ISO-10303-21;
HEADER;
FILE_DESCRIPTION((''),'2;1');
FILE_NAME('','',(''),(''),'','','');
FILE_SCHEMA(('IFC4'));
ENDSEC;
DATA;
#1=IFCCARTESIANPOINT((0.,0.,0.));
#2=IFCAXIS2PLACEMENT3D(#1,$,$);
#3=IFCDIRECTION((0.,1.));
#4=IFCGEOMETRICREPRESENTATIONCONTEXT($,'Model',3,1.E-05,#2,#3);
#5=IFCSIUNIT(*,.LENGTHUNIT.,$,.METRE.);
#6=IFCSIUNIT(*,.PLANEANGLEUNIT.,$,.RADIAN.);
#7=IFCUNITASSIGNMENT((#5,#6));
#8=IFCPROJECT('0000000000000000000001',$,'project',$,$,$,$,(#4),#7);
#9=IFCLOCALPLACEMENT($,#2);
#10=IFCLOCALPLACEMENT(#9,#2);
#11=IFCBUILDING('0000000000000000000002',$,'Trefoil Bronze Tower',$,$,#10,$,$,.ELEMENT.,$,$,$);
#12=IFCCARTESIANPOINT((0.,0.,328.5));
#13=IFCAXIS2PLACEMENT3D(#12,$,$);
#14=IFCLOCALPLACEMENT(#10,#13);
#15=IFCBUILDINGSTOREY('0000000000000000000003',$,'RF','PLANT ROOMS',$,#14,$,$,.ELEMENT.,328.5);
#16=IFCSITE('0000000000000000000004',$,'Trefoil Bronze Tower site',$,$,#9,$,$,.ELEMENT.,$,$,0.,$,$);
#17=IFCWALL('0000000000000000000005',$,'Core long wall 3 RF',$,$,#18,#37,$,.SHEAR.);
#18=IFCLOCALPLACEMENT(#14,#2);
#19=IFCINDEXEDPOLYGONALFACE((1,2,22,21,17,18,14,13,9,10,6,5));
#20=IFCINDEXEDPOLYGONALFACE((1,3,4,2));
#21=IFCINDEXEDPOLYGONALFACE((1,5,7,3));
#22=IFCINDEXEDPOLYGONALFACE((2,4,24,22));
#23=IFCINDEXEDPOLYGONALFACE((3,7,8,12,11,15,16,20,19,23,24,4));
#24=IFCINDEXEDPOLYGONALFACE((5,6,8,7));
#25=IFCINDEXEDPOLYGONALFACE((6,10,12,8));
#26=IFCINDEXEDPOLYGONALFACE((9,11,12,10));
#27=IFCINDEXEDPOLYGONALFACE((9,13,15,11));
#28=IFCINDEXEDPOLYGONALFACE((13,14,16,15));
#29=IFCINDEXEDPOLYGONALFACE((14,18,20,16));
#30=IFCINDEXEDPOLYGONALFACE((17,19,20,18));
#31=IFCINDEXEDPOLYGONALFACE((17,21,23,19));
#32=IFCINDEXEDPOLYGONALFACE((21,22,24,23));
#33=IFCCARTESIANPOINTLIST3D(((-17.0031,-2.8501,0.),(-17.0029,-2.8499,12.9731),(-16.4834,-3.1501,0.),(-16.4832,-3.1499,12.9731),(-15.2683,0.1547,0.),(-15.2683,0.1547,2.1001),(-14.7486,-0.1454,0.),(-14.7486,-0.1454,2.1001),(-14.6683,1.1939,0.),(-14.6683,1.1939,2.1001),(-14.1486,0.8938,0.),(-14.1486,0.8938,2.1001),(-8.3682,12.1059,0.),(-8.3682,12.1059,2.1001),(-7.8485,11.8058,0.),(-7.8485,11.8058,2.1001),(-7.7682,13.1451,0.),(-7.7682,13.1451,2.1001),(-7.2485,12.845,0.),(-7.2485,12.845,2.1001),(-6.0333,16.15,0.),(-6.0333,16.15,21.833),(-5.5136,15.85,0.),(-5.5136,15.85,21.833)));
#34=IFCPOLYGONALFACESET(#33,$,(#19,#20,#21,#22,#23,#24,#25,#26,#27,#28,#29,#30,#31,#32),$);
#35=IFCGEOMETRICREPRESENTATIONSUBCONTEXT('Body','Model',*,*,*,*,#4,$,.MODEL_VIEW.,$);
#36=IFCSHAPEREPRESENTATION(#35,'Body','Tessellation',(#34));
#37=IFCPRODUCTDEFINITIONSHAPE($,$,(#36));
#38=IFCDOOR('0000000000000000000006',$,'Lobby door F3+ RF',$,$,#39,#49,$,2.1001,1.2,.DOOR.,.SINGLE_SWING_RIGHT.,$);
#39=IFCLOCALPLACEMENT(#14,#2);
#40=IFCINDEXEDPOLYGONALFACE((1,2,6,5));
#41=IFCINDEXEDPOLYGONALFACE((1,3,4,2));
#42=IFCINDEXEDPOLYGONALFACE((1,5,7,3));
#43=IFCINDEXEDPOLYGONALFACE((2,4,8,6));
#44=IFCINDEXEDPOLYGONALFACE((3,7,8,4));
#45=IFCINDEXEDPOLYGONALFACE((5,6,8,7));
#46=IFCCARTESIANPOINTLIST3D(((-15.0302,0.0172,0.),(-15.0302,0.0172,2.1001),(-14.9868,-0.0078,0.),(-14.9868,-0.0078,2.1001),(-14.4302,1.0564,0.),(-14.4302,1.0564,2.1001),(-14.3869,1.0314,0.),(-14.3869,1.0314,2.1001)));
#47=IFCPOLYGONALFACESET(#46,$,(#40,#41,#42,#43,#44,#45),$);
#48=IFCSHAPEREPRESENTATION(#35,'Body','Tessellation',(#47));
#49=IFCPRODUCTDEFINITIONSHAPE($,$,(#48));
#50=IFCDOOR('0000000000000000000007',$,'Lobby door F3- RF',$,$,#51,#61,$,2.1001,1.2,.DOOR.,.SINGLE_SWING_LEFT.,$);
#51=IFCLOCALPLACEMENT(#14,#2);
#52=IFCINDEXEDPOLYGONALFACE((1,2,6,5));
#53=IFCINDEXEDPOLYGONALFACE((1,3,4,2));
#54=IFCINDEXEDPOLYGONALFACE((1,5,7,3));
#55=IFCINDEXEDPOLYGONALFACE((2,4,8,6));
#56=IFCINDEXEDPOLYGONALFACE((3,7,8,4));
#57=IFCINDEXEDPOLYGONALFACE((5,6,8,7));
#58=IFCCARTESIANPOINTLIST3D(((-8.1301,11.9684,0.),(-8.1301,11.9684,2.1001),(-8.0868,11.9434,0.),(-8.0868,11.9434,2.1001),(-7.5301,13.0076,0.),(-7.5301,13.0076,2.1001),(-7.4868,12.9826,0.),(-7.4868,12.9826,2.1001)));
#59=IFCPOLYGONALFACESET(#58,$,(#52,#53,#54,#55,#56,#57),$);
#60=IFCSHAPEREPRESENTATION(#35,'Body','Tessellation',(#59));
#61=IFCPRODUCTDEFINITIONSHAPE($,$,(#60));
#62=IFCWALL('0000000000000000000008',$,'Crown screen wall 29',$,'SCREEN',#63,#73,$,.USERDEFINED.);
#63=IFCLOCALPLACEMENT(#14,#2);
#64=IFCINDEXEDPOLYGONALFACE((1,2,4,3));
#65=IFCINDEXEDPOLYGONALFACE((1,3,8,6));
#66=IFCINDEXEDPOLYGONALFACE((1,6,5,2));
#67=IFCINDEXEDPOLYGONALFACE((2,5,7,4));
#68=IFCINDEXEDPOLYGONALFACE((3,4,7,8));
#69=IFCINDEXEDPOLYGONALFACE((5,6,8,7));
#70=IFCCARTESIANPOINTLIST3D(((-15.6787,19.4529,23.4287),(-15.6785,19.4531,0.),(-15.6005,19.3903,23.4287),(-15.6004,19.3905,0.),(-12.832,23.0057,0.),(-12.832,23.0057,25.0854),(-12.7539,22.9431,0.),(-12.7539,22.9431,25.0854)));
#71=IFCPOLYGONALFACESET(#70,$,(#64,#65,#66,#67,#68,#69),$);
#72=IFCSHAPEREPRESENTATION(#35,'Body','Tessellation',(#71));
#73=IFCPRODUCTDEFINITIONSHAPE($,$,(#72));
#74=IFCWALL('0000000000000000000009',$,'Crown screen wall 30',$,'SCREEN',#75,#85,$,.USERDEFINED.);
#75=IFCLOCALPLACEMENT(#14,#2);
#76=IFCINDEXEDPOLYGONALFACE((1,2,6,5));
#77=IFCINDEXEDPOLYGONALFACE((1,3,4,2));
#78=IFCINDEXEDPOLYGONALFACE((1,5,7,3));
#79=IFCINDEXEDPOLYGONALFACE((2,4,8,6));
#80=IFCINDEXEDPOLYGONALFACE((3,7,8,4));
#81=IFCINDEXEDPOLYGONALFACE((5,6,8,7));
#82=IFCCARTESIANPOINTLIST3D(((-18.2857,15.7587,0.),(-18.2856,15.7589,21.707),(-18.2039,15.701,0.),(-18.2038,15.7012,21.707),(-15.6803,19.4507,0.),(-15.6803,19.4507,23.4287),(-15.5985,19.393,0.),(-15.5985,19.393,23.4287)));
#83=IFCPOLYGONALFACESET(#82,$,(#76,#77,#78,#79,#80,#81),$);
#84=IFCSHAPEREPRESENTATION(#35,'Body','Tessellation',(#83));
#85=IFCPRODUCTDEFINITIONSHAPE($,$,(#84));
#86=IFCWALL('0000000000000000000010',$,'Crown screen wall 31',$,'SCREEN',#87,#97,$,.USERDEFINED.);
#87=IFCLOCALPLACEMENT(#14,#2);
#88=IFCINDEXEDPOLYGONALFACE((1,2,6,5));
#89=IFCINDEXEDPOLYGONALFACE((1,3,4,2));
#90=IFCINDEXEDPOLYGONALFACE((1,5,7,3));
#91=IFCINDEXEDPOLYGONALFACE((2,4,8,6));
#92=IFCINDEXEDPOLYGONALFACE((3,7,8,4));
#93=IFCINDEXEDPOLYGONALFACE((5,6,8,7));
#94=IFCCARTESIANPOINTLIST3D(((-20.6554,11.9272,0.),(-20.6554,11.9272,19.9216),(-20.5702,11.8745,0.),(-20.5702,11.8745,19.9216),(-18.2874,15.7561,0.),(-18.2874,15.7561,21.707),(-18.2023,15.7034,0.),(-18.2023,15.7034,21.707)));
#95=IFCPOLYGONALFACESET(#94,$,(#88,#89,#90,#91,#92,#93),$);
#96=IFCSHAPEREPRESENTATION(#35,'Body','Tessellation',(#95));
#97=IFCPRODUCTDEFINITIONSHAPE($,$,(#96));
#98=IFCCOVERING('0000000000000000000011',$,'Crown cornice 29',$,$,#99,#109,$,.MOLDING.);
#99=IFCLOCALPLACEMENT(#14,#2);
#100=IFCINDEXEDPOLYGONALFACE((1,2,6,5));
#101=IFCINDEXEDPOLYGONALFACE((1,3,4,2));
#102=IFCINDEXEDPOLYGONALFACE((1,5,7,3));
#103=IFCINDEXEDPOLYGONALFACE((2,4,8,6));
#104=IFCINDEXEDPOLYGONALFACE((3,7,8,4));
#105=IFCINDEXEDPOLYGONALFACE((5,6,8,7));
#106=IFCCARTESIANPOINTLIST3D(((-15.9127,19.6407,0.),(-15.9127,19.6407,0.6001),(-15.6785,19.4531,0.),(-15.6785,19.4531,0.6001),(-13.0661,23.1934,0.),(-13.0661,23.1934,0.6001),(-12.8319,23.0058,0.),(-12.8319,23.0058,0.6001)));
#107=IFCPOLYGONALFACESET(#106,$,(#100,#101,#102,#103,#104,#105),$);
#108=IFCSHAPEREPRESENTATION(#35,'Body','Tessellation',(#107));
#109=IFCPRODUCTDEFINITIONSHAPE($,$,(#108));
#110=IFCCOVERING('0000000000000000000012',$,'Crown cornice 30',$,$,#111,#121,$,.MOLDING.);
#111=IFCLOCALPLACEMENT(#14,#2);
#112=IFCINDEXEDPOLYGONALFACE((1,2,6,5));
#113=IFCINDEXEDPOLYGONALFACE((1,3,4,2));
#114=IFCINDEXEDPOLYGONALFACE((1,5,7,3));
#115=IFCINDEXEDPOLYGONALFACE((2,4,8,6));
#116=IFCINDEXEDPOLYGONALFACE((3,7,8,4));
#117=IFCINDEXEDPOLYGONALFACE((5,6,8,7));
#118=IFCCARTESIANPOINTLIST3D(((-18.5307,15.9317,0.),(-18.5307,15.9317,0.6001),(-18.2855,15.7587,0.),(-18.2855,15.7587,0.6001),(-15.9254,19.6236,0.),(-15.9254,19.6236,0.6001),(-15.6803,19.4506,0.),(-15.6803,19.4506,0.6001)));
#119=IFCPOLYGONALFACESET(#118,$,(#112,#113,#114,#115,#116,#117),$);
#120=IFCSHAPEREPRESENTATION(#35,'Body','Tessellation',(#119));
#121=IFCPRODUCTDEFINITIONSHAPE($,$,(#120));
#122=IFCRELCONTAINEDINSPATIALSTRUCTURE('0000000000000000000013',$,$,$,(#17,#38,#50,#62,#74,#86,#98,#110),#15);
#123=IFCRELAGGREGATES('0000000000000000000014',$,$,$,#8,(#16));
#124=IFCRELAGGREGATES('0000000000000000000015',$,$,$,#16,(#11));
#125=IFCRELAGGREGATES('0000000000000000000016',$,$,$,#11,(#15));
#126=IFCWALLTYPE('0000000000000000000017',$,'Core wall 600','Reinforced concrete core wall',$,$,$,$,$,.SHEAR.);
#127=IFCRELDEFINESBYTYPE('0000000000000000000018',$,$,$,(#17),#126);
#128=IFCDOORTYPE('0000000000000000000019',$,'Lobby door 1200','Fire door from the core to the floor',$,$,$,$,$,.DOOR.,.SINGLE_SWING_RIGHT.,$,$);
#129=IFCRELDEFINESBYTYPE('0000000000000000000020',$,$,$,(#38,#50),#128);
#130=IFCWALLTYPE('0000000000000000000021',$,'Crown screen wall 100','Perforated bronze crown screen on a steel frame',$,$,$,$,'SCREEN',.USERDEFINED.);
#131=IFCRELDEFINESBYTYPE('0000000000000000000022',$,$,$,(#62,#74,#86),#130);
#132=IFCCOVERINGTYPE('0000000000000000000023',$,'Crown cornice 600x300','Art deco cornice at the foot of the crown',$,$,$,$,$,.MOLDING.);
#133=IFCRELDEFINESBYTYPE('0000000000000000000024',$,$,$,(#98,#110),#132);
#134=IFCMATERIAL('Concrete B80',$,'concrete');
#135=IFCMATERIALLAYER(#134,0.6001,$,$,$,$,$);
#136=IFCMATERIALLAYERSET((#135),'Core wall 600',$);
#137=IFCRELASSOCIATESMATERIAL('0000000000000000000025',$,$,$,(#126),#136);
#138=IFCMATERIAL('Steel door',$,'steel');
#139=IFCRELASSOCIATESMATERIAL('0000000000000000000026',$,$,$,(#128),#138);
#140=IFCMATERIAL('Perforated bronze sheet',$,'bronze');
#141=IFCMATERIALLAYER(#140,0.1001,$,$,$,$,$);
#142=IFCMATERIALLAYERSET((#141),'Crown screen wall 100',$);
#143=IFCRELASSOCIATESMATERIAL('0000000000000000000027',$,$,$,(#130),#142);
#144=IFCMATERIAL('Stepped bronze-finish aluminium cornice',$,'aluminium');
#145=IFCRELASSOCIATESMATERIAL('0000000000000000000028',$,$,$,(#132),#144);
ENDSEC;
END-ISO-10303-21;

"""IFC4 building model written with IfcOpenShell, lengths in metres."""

from ifc_helpers import new_model, si_unit, direction, frame, frame_2d, origin, origin_2d, place, context, subcontext, project, spatial, polyline, rectangle, outline, extrude, material, layer, layer_set, type_object, element, fill, save


model = new_model("IFC4")

# Units and contexts
model_context = context("Model", 3, precision=1e-05, world=origin(), true_north=direction((0.0, 1.0)))
body_context = subcontext(model_context, "Body", "Model", "MODEL_VIEW")
ifc_project = project(units=[si_unit("LENGTHUNIT", "METRE"), si_unit("PLANEANGLEUNIT", "RADIAN")], contexts=[model_context])

# Site, building, storey
site_placement = place(None, origin())
site = spatial("IfcSite", under=ifc_project, at=site_placement, Name="Trefoil Bronze Tower site", CompositionType="ELEMENT", RefElevation=0.0)
building_placement = place(site_placement, origin())
building = spatial("IfcBuilding", under=site, at=building_placement, Name="Trefoil Bronze Tower", CompositionType="ELEMENT")
storey_placement = place(building_placement, frame((0.0, 0.0, 328.5)))
storey = spatial("IfcBuildingStorey", under=building, at=storey_placement, Name="RF", Description="PLANT ROOMS", CompositionType="ELEMENT", Elevation=328.5)

# Wall, openings, doors
ifc_material_1 = material(Name="Concrete B80", Category="concrete")
ifc_layer_1 = layer(ifc_material_1, 0.6001)
ifc_layer_set_1 = layer_set([ifc_layer_1], Name="Core wall 600")
wall_type_1 = type_object("IfcWallType", Name="Core wall 600", Description="Reinforced concrete core wall", PredefinedType="SHEAR", material=ifc_layer_set_1)
wall_1_placement = place(storey_placement, frame((-5.7734, 16.0, 0.0), z_axis=(0.0, 0.0, 1.0), x_axis=(-0.500002, -0.866024, 0.0)))
wall_1 = element("IfcWall", 1, at=wall_1_placement, inside=storey, type_object=wall_type_1, Name="Core long wall 3 RF", PredefinedType="SHEAR", context=body_context, shape_type="SweptSolid", body=[
    extrude(outline(polyline([(0.0, 0.0), (21.9395, 0.0), (21.9392, 12.9731), (0.0, 21.833), (0.0, 0.0)])), frame((0.0, 0.3, 0.0), z_axis=(0.0, -1.0, 0.0), x_axis=(1.0, 0.0, 0.0)), (0.0, 0.0, 1.0), 0.6001),
])
opening_1_placement = place(wall_1_placement, frame((17.2698, 0.0, 0.0)))
opening_1 = element("IfcOpeningElement", 2, at=opening_1_placement, cuts=wall_1, PredefinedType="OPENING", context=body_context, shape_type="SweptSolid", body=[
    extrude(rectangle(XDim=1.2, YDim=2.1001, at=frame_2d((0.6001, 1.05))), frame((0.0, 0.3101, 0.0), z_axis=(0.0, -1.0, 0.0), x_axis=(1.0, 0.0, 0.0)), (0.0, 0.0, 1.0), 0.6201),
])
opening_2_placement = place(wall_1_placement, frame((3.4697, 0.0, 0.0)))
opening_2 = element("IfcOpeningElement", 3, at=opening_2_placement, cuts=wall_1, PredefinedType="OPENING", context=body_context, shape_type="SweptSolid", body=[
    extrude(rectangle(XDim=1.2, YDim=2.1001, at=frame_2d((0.6001, 1.05))), frame((0.0, 0.3101, 0.0), z_axis=(0.0, -1.0, 0.0), x_axis=(1.0, 0.0, 0.0)), (0.0, 0.0, 1.0), 0.6201),
])
ifc_material_2 = material(Name="Steel door", Category="steel")
door_type = type_object("IfcDoorType", Name="Lobby door 1200", Description="Fire door from the core to the floor", OperationType="SINGLE_SWING_RIGHT", PredefinedType="DOOR", material=ifc_material_2)
door_1_placement = place(opening_1_placement, origin())
door_1 = element("IfcDoor", 4, at=door_1_placement, inside=storey, type_object=door_type, Name="Lobby door F3+ RF", OperationType="SINGLE_SWING_RIGHT", OverallHeight=2.1001, OverallWidth=1.2, PredefinedType="DOOR", context=body_context, shape_type="SweptSolid", body=[
    extrude(rectangle(XDim=1.2, YDim=2.1001, at=frame_2d((0.6001, 1.05))), frame((0.0, 0.0249, 0.0), z_axis=(0.0, -1.0, 0.0), x_axis=(1.0, 0.0, 0.0)), (0.0, 0.0, 1.0), 0.05),
])
fill(opening_1, door_1)
door_2_placement = place(opening_2_placement, origin())
door_2 = element("IfcDoor", 5, at=door_2_placement, inside=storey, type_object=door_type, Name="Lobby door F3- RF", OperationType="SINGLE_SWING_LEFT", OverallHeight=2.1001, OverallWidth=1.2, PredefinedType="DOOR", context=body_context, shape_type="SweptSolid", body=[
    extrude(rectangle(XDim=1.2, YDim=2.1001, at=frame_2d((0.6001, 1.05))), frame((0.0, 0.0249, 0.0), z_axis=(0.0, -1.0, 0.0), x_axis=(1.0, 0.0, 0.0)), (0.0, 0.0, 1.0), 0.05),
])
fill(opening_2, door_2)

# Walls
ifc_material_3 = material(Name="Perforated bronze sheet", Category="bronze")
ifc_layer_2 = layer(ifc_material_3, 0.1001)
ifc_layer_set_2 = layer_set([ifc_layer_2], Name="Crown screen wall 100")
wall_type_2 = type_object("IfcWallType", Name="Crown screen wall 100", Description="Perforated bronze crown screen on a steel frame", ElementType="SCREEN", PredefinedType="USERDEFINED", material=ifc_layer_set_2)
wall_2_placement = place(storey_placement, frame((-12.793, 22.9744, 0.0), z_axis=(0.0, 0.0, 1.0), x_axis=(-0.62529, -0.780392, 0.0)))
element("IfcWall", 6, at=wall_2_placement, inside=storey, type_object=wall_type_2, Name="Crown screen wall 29", ObjectType="SCREEN", PredefinedType="USERDEFINED", context=body_context, shape_type="SweptSolid", body=[
    extrude(outline(polyline([(0.0, 0.0), (4.5522, 0.0), (4.5525, 23.4287), (0.0, 25.0854), (0.0, 0.0)])), frame((0.0, 0.05, 0.0), z_axis=(0.0, -1.0, 0.0), x_axis=(1.0, 0.0, 0.0)), (0.0, 0.0, 1.0), 0.1001),
])
wall_3_placement = place(storey_placement, frame((-15.6394, 19.4219, 0.0), z_axis=(0.0, 0.0, 1.0), x_axis=(-0.576573, -0.817046, 0.0)))
element("IfcWall", 7, at=wall_3_placement, inside=storey, type_object=wall_type_2, Name="Crown screen wall 30", ObjectType="SCREEN", PredefinedType="USERDEFINED", context=body_context, shape_type="SweptSolid", body=[
    extrude(outline(polyline([(0.0, 0.0), (4.5188, 0.0), (4.5186, 21.707), (0.0, 23.4287), (0.0, 0.0)])), frame((0.0, 0.05, 0.0), z_axis=(0.0, -1.0, 0.0), x_axis=(1.0, 0.0, 0.0)), (0.0, 0.0, 1.0), 0.1001),
])
wall_4_placement = place(storey_placement, frame((-18.2449, 15.7297, 0.0), z_axis=(0.0, 0.0, 1.0), x_axis=(-0.525981, -0.850496, 0.0)))
element("IfcWall", 8, at=wall_4_placement, inside=storey, type_object=wall_type_2, Name="Crown screen wall 31", ObjectType="SCREEN", PredefinedType="USERDEFINED", context=body_context, shape_type="SweptSolid", body=[
    extrude(outline(polyline([(0.0, 0.0), (4.502, 0.0), (4.502, 19.9216), (0.0, 21.707), (0.0, 0.0)])), frame((0.0, 0.05, 0.0), z_axis=(0.0, -1.0, 0.0), x_axis=(1.0, 0.0, 0.0)), (0.0, 0.0, 1.0), 0.1001),
])

# Coverings
ifc_material_4 = material(Name="Stepped bronze-finish aluminium cornice", Category="aluminium")
covering_type = type_object("IfcCoveringType", Name="Crown cornice 600x300", Description="Art deco cornice at the foot of the crown", PredefinedType="MOLDING", material=ifc_material_4)
covering_1_placement = place(storey_placement, frame((-14.3723, 21.3232, 0.0), z_axis=(0.0, 0.0, 1.0), x_axis=(-0.625287, -0.780395, 0.0)))
element("IfcCovering", 9, at=covering_1_placement, inside=storey, type_object=covering_type, Name="Crown cornice 29", PredefinedType="MOLDING", context=body_context, shape_type="SweptSolid", body=[
    extrude(rectangle(XDim=4.5525, YDim=0.3, at=origin_2d()), origin(), (0.0, 0.0, 1.0), 0.6001),
])
covering_2_placement = place(storey_placement, frame((-17.1055, 17.6912, 0.0), z_axis=(0.0, 0.0, 1.0), x_axis=(-0.576561, -0.817054, 0.0)))
element("IfcCovering", 10, at=covering_2_placement, inside=storey, type_object=covering_type, Name="Crown cornice 30", PredefinedType="MOLDING", context=body_context, shape_type="SweptSolid", body=[
    extrude(rectangle(XDim=4.5186, YDim=0.3, at=origin_2d()), origin(), (0.0, 0.0, 1.0), 0.6001),
])

save(model, "model.ifc")
